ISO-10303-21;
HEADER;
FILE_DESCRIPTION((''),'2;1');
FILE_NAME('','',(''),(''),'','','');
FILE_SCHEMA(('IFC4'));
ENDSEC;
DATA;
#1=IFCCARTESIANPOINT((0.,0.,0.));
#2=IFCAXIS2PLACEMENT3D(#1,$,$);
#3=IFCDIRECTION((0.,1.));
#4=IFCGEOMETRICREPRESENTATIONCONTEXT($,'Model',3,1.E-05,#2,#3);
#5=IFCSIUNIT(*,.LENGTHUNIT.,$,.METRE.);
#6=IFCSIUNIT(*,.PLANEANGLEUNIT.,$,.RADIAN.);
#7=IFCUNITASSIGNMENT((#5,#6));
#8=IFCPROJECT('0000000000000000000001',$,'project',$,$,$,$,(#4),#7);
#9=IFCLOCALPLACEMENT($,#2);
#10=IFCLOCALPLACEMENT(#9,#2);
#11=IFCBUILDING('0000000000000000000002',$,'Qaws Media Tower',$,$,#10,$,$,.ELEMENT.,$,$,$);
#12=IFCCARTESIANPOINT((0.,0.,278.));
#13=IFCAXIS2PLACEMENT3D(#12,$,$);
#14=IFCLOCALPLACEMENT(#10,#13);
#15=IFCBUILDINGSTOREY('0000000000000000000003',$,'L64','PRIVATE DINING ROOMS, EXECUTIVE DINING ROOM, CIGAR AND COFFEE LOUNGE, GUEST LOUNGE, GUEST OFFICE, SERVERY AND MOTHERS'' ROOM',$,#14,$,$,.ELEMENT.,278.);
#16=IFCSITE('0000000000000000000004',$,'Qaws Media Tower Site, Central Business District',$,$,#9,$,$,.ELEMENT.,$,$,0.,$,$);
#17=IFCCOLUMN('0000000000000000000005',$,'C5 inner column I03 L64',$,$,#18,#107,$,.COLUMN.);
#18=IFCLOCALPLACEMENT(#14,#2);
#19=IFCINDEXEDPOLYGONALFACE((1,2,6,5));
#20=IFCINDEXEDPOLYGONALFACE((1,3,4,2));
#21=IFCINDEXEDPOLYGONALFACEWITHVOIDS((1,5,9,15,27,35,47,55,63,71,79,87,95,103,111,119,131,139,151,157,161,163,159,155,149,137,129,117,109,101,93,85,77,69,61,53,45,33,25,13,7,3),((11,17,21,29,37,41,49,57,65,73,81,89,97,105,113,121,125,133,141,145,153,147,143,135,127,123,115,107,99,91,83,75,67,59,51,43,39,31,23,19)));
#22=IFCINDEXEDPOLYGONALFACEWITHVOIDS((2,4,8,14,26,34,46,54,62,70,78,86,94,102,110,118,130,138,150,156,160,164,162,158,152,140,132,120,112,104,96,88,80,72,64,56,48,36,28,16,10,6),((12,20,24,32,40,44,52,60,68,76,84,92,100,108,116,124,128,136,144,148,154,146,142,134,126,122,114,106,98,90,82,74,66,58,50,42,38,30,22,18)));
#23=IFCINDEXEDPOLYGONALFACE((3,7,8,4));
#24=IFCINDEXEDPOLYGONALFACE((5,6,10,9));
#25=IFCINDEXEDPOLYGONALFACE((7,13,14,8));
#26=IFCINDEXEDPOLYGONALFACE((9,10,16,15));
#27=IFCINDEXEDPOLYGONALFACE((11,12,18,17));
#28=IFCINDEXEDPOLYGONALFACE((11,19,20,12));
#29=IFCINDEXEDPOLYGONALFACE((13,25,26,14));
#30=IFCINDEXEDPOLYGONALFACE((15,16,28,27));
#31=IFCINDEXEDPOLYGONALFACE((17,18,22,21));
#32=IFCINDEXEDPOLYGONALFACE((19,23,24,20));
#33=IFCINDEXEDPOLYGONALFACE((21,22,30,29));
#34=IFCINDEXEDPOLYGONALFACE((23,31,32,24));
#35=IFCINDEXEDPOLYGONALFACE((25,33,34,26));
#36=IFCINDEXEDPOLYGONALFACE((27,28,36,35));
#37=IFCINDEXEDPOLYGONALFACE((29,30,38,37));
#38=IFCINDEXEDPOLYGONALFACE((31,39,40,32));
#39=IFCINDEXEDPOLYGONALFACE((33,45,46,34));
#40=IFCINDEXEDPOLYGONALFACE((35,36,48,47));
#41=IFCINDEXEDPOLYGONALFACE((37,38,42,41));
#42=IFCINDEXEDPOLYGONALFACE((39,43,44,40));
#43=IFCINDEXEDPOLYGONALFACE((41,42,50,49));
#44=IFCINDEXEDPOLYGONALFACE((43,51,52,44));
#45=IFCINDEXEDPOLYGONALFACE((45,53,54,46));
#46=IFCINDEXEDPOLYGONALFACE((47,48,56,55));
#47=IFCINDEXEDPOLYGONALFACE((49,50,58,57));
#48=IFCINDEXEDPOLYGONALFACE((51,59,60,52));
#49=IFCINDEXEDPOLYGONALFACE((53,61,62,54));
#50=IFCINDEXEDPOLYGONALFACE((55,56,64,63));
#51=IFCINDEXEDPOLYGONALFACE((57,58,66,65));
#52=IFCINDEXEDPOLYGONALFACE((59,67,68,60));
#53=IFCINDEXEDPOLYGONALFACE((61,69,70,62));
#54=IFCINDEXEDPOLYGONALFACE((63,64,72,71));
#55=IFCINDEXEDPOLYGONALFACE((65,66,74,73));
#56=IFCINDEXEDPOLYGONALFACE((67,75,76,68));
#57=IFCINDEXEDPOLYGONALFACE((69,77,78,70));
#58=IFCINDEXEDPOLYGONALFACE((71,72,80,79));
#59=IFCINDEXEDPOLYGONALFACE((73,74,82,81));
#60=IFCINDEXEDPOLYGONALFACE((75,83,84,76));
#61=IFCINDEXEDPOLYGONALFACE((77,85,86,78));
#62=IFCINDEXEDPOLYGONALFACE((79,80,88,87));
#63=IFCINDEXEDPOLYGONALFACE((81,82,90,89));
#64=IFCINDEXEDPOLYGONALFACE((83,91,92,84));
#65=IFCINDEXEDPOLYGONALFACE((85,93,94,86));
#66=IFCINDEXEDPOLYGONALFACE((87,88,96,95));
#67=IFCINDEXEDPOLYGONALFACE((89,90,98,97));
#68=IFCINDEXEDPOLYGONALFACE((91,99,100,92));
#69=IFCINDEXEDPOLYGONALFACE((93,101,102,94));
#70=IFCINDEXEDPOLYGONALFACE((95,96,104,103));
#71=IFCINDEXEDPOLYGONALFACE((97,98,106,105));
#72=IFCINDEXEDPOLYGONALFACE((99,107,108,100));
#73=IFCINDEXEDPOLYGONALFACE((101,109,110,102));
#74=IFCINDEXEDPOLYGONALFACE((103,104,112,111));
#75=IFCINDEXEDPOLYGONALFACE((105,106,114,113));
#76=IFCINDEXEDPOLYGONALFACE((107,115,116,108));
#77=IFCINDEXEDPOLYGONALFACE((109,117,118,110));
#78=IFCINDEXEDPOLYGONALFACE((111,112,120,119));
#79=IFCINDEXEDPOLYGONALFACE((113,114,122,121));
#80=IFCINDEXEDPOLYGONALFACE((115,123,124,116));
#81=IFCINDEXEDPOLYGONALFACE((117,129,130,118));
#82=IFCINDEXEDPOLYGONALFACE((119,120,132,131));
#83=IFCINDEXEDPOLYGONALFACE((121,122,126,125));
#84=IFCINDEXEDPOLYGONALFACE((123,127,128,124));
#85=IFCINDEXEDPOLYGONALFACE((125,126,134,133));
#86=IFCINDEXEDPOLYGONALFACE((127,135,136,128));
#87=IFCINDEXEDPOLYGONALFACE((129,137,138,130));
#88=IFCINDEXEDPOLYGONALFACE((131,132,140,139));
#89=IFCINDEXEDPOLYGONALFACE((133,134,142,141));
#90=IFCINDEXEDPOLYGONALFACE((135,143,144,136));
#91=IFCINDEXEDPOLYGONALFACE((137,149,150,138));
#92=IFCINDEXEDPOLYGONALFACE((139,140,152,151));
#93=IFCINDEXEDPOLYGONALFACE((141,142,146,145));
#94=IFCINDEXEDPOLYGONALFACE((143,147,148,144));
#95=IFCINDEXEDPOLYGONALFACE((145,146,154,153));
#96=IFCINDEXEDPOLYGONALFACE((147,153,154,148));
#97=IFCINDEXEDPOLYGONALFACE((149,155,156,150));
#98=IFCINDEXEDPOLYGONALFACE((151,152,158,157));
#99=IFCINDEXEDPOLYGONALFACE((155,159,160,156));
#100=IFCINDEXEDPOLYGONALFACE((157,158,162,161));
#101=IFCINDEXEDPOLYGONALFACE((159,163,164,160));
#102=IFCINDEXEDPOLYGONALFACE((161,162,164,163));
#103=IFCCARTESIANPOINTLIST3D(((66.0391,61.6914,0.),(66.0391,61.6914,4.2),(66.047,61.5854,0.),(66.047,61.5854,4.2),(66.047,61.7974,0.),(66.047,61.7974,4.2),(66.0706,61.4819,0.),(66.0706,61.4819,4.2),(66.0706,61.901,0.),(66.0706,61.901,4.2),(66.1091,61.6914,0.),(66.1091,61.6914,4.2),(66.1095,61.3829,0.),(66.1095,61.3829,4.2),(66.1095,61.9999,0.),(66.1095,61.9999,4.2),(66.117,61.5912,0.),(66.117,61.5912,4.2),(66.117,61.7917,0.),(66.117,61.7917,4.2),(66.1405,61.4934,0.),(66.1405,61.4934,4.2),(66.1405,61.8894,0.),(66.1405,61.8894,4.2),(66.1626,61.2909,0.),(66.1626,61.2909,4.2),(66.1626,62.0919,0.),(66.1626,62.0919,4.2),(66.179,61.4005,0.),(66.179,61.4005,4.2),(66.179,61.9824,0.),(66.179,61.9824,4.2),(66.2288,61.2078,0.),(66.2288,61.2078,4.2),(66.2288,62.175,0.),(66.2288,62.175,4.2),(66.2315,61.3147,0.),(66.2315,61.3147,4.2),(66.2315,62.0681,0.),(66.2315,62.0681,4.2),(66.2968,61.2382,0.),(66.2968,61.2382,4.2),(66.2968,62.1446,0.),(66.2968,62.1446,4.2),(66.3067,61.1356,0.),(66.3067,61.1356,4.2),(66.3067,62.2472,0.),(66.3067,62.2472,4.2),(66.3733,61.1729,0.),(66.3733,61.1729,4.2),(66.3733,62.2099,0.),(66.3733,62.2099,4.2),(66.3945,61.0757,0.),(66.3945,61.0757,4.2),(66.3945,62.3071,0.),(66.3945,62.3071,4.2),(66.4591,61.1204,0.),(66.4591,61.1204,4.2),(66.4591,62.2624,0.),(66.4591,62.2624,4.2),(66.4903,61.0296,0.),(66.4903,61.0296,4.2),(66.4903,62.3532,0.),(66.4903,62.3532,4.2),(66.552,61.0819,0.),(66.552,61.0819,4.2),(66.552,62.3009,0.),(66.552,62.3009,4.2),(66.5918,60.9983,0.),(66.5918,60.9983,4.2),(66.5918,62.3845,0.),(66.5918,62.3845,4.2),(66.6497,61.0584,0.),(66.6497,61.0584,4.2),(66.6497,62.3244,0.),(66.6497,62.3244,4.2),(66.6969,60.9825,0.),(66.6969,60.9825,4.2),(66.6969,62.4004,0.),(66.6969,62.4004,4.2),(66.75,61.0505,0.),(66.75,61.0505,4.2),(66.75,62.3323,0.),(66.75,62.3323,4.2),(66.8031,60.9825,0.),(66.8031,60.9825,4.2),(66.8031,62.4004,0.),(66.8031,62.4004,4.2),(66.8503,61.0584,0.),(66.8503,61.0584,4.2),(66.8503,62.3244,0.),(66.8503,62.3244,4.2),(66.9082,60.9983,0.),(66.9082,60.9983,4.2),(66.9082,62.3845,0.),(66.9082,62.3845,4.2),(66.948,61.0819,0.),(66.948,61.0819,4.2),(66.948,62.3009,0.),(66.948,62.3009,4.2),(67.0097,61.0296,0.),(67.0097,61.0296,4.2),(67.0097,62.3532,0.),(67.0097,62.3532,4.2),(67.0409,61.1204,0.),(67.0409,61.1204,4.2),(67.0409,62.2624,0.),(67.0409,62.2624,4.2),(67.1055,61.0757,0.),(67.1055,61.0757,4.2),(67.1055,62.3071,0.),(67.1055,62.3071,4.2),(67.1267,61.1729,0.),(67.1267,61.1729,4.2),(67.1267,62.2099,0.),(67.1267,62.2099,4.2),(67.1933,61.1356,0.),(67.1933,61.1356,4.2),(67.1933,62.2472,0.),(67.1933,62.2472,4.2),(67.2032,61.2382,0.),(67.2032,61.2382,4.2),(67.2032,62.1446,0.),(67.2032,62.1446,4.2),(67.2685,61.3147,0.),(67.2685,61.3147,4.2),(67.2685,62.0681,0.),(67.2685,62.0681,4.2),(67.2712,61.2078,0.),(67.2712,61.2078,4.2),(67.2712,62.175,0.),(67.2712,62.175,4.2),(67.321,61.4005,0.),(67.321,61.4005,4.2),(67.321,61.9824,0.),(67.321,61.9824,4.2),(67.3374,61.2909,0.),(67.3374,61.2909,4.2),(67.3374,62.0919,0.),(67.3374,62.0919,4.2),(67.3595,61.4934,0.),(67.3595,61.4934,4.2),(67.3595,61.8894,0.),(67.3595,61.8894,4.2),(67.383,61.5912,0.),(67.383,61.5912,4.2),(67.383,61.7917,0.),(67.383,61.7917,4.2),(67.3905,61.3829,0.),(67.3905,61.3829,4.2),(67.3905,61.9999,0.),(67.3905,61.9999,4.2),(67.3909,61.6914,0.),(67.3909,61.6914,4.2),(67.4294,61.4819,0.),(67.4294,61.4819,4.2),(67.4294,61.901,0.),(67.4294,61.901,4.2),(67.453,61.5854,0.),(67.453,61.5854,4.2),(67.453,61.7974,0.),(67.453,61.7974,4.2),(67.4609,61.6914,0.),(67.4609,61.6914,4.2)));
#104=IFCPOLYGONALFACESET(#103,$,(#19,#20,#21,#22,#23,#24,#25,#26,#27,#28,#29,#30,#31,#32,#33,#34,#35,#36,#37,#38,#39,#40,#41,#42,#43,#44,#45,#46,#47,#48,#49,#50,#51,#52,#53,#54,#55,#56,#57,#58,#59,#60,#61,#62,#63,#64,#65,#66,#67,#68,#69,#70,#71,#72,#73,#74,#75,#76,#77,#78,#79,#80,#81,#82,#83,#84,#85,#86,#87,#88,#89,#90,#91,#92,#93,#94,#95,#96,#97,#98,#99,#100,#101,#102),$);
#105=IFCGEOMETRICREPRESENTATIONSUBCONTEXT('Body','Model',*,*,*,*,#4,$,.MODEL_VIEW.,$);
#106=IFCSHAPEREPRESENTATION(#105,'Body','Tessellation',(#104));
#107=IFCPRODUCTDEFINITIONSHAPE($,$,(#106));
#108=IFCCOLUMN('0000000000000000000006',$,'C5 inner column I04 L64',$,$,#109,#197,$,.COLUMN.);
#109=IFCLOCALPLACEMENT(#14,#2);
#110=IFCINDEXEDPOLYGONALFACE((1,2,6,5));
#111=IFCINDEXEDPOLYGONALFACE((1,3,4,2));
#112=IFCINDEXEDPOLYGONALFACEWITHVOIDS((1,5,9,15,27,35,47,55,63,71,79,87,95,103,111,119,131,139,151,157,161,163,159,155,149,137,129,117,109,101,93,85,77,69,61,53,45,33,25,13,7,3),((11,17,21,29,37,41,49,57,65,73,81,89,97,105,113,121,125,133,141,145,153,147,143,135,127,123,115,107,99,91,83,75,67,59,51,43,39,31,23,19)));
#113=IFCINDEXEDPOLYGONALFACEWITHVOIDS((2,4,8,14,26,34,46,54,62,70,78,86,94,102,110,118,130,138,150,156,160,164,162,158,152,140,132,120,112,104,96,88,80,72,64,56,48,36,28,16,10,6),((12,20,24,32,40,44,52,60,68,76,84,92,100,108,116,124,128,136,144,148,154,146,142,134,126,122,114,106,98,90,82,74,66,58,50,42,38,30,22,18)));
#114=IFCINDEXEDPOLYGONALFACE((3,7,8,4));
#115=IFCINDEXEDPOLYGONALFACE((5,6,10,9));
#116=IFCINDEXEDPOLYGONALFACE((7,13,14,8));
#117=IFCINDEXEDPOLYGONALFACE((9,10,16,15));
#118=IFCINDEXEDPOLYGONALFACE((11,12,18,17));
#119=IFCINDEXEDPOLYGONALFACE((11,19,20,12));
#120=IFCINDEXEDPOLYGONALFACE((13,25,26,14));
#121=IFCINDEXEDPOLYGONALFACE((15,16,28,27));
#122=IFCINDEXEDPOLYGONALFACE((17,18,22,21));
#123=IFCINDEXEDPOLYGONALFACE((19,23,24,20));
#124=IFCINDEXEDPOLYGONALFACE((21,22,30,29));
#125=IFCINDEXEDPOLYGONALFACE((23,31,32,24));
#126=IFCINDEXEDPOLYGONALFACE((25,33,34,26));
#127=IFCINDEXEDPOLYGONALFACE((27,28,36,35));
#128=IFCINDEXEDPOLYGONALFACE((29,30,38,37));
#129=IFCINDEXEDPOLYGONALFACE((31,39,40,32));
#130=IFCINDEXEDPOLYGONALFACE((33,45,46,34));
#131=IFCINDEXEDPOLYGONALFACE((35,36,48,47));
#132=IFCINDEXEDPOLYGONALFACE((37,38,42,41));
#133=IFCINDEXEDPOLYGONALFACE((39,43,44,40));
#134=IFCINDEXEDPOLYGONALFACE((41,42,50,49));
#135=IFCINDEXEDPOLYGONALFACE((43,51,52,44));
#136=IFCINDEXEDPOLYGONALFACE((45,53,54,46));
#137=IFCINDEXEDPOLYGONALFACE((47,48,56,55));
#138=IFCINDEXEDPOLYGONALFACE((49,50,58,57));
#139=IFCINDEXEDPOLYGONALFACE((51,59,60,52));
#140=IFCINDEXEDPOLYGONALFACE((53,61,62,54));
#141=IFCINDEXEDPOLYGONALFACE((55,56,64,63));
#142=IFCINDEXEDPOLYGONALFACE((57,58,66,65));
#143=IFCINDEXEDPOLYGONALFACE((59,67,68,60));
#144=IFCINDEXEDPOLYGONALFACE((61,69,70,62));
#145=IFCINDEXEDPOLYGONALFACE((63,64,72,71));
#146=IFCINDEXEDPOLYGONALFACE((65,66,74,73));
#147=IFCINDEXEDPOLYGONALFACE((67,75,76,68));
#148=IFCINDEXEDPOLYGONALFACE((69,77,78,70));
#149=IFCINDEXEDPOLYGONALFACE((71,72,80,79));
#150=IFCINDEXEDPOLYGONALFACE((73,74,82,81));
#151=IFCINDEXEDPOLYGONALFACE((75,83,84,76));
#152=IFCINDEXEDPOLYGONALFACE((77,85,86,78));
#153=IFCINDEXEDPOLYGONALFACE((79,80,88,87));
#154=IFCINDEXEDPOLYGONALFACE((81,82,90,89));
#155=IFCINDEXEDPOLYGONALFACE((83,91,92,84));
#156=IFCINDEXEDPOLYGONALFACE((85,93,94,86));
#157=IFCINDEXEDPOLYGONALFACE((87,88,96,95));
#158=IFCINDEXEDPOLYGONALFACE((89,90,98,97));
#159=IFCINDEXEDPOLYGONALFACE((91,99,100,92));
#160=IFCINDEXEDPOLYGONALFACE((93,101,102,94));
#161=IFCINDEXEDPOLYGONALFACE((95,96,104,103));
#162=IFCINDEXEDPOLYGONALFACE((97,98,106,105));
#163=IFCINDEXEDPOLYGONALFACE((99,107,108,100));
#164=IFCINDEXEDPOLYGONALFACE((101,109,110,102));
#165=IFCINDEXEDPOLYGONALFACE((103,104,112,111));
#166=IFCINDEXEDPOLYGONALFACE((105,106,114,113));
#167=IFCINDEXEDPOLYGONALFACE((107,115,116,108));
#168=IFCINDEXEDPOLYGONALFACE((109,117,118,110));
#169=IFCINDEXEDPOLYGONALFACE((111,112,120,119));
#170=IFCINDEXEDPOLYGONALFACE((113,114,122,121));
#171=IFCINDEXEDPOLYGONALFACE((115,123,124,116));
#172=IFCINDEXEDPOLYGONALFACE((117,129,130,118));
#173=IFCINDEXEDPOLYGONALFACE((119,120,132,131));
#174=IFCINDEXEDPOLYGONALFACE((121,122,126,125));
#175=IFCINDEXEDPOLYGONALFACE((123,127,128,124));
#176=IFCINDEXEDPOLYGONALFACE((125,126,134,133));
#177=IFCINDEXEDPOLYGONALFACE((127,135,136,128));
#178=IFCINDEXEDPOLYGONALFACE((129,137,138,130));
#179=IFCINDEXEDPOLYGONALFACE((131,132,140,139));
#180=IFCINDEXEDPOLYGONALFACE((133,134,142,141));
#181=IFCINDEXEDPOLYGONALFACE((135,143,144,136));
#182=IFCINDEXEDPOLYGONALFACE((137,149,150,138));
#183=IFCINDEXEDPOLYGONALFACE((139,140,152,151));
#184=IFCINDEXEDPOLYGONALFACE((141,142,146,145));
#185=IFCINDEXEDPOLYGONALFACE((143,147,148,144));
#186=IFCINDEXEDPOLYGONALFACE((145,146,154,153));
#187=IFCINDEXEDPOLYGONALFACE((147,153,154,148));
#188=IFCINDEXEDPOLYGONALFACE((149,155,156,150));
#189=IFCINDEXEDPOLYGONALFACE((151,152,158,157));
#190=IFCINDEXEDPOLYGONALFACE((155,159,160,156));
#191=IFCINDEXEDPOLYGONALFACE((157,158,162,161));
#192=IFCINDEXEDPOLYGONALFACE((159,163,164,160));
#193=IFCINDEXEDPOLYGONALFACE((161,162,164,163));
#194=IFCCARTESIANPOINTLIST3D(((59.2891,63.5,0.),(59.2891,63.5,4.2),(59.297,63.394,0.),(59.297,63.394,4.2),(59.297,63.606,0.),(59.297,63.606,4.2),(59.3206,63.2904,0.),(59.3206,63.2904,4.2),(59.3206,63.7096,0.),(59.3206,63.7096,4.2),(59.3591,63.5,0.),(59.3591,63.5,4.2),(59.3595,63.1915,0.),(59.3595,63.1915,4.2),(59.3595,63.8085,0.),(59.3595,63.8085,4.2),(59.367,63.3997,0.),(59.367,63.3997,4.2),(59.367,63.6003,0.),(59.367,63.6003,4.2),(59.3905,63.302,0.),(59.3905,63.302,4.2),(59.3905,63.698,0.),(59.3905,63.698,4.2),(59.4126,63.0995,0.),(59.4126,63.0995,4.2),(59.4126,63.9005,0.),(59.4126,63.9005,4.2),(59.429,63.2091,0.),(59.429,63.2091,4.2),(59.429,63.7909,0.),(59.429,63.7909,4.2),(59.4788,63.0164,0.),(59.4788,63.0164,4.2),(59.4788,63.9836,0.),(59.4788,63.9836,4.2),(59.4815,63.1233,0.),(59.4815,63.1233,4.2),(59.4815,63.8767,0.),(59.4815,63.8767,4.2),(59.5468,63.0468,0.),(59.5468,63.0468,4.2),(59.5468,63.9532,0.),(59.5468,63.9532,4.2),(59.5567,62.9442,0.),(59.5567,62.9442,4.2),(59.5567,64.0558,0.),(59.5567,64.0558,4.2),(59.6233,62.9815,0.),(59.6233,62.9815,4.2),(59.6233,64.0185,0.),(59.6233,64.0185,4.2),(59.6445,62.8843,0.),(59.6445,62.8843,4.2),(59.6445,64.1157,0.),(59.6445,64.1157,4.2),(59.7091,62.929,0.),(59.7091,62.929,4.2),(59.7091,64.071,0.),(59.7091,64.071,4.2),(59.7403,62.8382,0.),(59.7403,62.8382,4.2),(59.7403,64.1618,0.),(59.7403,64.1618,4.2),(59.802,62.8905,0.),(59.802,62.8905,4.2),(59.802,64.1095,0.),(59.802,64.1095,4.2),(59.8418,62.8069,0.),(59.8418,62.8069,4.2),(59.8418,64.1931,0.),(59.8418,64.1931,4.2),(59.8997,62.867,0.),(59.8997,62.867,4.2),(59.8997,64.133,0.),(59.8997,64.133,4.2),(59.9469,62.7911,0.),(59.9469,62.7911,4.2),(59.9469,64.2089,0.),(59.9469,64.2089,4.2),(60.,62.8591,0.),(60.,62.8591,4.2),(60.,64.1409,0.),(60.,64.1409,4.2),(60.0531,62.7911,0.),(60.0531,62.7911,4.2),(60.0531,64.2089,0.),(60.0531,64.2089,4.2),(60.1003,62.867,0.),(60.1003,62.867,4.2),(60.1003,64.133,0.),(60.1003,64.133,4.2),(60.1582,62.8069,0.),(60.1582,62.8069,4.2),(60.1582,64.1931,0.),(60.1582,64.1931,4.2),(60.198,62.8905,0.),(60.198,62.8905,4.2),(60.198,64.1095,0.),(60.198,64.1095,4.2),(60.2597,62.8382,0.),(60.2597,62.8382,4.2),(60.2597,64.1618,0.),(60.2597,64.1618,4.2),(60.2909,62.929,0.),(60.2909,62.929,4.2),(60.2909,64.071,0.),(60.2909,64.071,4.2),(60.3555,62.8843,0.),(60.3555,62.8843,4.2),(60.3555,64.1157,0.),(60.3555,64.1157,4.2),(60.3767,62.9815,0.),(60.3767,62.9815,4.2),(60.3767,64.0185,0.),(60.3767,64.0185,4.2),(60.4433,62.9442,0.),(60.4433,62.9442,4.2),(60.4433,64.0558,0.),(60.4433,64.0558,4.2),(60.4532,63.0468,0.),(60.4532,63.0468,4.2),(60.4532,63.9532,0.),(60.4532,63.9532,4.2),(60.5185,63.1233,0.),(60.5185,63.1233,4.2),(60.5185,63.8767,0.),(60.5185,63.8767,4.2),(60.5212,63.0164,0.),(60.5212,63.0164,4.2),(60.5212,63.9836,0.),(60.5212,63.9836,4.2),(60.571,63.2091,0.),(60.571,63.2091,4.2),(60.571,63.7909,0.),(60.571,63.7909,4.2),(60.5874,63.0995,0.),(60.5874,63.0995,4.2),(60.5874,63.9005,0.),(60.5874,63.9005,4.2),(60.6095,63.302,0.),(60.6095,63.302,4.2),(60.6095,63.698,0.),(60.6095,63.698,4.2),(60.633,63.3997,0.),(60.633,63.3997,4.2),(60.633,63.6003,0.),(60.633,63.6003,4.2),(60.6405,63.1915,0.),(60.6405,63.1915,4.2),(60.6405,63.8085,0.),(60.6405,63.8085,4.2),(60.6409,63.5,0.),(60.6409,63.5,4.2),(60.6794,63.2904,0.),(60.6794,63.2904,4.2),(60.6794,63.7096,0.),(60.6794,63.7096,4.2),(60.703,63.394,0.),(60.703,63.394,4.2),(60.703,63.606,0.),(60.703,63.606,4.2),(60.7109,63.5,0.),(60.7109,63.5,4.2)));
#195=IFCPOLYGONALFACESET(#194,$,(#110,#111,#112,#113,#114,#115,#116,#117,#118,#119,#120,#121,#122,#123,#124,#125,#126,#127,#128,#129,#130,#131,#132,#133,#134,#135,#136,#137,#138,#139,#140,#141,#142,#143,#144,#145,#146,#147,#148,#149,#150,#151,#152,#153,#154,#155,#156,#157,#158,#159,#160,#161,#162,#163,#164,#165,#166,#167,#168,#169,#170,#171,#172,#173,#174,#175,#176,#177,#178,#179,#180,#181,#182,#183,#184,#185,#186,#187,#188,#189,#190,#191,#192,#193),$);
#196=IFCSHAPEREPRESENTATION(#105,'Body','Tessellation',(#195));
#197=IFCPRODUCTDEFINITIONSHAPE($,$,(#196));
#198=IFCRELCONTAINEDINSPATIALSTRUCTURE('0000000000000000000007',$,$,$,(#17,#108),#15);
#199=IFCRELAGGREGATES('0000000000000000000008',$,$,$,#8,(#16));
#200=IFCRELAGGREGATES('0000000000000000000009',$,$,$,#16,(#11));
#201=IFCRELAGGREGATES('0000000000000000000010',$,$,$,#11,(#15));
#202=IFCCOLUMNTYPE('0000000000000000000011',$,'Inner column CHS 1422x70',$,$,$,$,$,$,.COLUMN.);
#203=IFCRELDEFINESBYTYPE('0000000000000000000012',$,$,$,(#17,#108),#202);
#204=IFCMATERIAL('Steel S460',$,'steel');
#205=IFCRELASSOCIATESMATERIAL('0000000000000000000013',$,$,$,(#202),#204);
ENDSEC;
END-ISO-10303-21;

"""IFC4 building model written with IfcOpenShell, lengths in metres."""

from ifc_helpers import new_model, si_unit, direction, frame, origin, origin_2d, place, context, subcontext, project, spatial, hollow_circle, extrude, material, material_profile, profile_set, type_object, element, save


model = new_model("IFC4")

# Units and contexts
model_context = context("Model", 3, precision=1e-05, world=origin(), true_north=direction((0.0, 1.0)))
body_context = subcontext(model_context, "Body", "Model", "MODEL_VIEW")
ifc_project = project(units=[si_unit("LENGTHUNIT", "METRE"), si_unit("PLANEANGLEUNIT", "RADIAN")], contexts=[model_context])

# Site, building, storey
site_placement = place(None, origin())
site = spatial("IfcSite", under=ifc_project, at=site_placement, Name="Qaws Media Tower Site, Central Business District", CompositionType="ELEMENT", RefElevation=0.0)
building_placement = place(site_placement, origin())
building = spatial("IfcBuilding", under=site, at=building_placement, Name="Qaws Media Tower", CompositionType="ELEMENT")
storey_placement = place(building_placement, frame((0.0, 0.0, 278.0)))
storey = spatial("IfcBuildingStorey", under=building, at=storey_placement, Name="L64", Description="PRIVATE DINING ROOMS, EXECUTIVE DINING ROOM, CIGAR AND COFFEE LOUNGE, GUEST LOUNGE, GUEST OFFICE, SERVERY AND MOTHERS' ROOM", CompositionType="ELEMENT", Elevation=278.0)

# Columns
ifc_material_1 = material(Name="Steel S460", Category="steel")
ifc_material_profile_1 = material_profile(ifc_material_1, hollow_circle(Radius=0.7109, WallThickness=0.0701, at=origin_2d()), Name="CHS 1422x70")
ifc_profile_set_1 = profile_set([ifc_material_profile_1], Name="Steel S460")
column_type = type_object("IfcColumnType", Name="Inner column CHS 1422x70", PredefinedType="COLUMN", material=ifc_profile_set_1)
for number, where, z_axis, x_axis, name in (
    (1, (66.75, 61.6914, 0.0), (0.0, 0.0, 1.0), (1.0, 0.0, 0.0), "C5 inner column I03 L64"),
    (2, (60.0, 63.5, 0.0), (0.0, 0.0, 1.0), (1.0, 0.0, 0.0), "C5 inner column I04 L64"),
):
    element("IfcColumn", number, at=place(storey_placement, frame(where, z_axis=z_axis, x_axis=x_axis)), inside=storey, type_object=column_type, Name=name, PredefinedType="COLUMN", context=body_context, shape_type="SweptSolid", body=[
        extrude(hollow_circle(Radius=0.7109, WallThickness=0.0701, at=origin_2d()), origin(), (0.0, 0.0, 1.0), 4.2),
    ])

save(model, "model.ifc")
